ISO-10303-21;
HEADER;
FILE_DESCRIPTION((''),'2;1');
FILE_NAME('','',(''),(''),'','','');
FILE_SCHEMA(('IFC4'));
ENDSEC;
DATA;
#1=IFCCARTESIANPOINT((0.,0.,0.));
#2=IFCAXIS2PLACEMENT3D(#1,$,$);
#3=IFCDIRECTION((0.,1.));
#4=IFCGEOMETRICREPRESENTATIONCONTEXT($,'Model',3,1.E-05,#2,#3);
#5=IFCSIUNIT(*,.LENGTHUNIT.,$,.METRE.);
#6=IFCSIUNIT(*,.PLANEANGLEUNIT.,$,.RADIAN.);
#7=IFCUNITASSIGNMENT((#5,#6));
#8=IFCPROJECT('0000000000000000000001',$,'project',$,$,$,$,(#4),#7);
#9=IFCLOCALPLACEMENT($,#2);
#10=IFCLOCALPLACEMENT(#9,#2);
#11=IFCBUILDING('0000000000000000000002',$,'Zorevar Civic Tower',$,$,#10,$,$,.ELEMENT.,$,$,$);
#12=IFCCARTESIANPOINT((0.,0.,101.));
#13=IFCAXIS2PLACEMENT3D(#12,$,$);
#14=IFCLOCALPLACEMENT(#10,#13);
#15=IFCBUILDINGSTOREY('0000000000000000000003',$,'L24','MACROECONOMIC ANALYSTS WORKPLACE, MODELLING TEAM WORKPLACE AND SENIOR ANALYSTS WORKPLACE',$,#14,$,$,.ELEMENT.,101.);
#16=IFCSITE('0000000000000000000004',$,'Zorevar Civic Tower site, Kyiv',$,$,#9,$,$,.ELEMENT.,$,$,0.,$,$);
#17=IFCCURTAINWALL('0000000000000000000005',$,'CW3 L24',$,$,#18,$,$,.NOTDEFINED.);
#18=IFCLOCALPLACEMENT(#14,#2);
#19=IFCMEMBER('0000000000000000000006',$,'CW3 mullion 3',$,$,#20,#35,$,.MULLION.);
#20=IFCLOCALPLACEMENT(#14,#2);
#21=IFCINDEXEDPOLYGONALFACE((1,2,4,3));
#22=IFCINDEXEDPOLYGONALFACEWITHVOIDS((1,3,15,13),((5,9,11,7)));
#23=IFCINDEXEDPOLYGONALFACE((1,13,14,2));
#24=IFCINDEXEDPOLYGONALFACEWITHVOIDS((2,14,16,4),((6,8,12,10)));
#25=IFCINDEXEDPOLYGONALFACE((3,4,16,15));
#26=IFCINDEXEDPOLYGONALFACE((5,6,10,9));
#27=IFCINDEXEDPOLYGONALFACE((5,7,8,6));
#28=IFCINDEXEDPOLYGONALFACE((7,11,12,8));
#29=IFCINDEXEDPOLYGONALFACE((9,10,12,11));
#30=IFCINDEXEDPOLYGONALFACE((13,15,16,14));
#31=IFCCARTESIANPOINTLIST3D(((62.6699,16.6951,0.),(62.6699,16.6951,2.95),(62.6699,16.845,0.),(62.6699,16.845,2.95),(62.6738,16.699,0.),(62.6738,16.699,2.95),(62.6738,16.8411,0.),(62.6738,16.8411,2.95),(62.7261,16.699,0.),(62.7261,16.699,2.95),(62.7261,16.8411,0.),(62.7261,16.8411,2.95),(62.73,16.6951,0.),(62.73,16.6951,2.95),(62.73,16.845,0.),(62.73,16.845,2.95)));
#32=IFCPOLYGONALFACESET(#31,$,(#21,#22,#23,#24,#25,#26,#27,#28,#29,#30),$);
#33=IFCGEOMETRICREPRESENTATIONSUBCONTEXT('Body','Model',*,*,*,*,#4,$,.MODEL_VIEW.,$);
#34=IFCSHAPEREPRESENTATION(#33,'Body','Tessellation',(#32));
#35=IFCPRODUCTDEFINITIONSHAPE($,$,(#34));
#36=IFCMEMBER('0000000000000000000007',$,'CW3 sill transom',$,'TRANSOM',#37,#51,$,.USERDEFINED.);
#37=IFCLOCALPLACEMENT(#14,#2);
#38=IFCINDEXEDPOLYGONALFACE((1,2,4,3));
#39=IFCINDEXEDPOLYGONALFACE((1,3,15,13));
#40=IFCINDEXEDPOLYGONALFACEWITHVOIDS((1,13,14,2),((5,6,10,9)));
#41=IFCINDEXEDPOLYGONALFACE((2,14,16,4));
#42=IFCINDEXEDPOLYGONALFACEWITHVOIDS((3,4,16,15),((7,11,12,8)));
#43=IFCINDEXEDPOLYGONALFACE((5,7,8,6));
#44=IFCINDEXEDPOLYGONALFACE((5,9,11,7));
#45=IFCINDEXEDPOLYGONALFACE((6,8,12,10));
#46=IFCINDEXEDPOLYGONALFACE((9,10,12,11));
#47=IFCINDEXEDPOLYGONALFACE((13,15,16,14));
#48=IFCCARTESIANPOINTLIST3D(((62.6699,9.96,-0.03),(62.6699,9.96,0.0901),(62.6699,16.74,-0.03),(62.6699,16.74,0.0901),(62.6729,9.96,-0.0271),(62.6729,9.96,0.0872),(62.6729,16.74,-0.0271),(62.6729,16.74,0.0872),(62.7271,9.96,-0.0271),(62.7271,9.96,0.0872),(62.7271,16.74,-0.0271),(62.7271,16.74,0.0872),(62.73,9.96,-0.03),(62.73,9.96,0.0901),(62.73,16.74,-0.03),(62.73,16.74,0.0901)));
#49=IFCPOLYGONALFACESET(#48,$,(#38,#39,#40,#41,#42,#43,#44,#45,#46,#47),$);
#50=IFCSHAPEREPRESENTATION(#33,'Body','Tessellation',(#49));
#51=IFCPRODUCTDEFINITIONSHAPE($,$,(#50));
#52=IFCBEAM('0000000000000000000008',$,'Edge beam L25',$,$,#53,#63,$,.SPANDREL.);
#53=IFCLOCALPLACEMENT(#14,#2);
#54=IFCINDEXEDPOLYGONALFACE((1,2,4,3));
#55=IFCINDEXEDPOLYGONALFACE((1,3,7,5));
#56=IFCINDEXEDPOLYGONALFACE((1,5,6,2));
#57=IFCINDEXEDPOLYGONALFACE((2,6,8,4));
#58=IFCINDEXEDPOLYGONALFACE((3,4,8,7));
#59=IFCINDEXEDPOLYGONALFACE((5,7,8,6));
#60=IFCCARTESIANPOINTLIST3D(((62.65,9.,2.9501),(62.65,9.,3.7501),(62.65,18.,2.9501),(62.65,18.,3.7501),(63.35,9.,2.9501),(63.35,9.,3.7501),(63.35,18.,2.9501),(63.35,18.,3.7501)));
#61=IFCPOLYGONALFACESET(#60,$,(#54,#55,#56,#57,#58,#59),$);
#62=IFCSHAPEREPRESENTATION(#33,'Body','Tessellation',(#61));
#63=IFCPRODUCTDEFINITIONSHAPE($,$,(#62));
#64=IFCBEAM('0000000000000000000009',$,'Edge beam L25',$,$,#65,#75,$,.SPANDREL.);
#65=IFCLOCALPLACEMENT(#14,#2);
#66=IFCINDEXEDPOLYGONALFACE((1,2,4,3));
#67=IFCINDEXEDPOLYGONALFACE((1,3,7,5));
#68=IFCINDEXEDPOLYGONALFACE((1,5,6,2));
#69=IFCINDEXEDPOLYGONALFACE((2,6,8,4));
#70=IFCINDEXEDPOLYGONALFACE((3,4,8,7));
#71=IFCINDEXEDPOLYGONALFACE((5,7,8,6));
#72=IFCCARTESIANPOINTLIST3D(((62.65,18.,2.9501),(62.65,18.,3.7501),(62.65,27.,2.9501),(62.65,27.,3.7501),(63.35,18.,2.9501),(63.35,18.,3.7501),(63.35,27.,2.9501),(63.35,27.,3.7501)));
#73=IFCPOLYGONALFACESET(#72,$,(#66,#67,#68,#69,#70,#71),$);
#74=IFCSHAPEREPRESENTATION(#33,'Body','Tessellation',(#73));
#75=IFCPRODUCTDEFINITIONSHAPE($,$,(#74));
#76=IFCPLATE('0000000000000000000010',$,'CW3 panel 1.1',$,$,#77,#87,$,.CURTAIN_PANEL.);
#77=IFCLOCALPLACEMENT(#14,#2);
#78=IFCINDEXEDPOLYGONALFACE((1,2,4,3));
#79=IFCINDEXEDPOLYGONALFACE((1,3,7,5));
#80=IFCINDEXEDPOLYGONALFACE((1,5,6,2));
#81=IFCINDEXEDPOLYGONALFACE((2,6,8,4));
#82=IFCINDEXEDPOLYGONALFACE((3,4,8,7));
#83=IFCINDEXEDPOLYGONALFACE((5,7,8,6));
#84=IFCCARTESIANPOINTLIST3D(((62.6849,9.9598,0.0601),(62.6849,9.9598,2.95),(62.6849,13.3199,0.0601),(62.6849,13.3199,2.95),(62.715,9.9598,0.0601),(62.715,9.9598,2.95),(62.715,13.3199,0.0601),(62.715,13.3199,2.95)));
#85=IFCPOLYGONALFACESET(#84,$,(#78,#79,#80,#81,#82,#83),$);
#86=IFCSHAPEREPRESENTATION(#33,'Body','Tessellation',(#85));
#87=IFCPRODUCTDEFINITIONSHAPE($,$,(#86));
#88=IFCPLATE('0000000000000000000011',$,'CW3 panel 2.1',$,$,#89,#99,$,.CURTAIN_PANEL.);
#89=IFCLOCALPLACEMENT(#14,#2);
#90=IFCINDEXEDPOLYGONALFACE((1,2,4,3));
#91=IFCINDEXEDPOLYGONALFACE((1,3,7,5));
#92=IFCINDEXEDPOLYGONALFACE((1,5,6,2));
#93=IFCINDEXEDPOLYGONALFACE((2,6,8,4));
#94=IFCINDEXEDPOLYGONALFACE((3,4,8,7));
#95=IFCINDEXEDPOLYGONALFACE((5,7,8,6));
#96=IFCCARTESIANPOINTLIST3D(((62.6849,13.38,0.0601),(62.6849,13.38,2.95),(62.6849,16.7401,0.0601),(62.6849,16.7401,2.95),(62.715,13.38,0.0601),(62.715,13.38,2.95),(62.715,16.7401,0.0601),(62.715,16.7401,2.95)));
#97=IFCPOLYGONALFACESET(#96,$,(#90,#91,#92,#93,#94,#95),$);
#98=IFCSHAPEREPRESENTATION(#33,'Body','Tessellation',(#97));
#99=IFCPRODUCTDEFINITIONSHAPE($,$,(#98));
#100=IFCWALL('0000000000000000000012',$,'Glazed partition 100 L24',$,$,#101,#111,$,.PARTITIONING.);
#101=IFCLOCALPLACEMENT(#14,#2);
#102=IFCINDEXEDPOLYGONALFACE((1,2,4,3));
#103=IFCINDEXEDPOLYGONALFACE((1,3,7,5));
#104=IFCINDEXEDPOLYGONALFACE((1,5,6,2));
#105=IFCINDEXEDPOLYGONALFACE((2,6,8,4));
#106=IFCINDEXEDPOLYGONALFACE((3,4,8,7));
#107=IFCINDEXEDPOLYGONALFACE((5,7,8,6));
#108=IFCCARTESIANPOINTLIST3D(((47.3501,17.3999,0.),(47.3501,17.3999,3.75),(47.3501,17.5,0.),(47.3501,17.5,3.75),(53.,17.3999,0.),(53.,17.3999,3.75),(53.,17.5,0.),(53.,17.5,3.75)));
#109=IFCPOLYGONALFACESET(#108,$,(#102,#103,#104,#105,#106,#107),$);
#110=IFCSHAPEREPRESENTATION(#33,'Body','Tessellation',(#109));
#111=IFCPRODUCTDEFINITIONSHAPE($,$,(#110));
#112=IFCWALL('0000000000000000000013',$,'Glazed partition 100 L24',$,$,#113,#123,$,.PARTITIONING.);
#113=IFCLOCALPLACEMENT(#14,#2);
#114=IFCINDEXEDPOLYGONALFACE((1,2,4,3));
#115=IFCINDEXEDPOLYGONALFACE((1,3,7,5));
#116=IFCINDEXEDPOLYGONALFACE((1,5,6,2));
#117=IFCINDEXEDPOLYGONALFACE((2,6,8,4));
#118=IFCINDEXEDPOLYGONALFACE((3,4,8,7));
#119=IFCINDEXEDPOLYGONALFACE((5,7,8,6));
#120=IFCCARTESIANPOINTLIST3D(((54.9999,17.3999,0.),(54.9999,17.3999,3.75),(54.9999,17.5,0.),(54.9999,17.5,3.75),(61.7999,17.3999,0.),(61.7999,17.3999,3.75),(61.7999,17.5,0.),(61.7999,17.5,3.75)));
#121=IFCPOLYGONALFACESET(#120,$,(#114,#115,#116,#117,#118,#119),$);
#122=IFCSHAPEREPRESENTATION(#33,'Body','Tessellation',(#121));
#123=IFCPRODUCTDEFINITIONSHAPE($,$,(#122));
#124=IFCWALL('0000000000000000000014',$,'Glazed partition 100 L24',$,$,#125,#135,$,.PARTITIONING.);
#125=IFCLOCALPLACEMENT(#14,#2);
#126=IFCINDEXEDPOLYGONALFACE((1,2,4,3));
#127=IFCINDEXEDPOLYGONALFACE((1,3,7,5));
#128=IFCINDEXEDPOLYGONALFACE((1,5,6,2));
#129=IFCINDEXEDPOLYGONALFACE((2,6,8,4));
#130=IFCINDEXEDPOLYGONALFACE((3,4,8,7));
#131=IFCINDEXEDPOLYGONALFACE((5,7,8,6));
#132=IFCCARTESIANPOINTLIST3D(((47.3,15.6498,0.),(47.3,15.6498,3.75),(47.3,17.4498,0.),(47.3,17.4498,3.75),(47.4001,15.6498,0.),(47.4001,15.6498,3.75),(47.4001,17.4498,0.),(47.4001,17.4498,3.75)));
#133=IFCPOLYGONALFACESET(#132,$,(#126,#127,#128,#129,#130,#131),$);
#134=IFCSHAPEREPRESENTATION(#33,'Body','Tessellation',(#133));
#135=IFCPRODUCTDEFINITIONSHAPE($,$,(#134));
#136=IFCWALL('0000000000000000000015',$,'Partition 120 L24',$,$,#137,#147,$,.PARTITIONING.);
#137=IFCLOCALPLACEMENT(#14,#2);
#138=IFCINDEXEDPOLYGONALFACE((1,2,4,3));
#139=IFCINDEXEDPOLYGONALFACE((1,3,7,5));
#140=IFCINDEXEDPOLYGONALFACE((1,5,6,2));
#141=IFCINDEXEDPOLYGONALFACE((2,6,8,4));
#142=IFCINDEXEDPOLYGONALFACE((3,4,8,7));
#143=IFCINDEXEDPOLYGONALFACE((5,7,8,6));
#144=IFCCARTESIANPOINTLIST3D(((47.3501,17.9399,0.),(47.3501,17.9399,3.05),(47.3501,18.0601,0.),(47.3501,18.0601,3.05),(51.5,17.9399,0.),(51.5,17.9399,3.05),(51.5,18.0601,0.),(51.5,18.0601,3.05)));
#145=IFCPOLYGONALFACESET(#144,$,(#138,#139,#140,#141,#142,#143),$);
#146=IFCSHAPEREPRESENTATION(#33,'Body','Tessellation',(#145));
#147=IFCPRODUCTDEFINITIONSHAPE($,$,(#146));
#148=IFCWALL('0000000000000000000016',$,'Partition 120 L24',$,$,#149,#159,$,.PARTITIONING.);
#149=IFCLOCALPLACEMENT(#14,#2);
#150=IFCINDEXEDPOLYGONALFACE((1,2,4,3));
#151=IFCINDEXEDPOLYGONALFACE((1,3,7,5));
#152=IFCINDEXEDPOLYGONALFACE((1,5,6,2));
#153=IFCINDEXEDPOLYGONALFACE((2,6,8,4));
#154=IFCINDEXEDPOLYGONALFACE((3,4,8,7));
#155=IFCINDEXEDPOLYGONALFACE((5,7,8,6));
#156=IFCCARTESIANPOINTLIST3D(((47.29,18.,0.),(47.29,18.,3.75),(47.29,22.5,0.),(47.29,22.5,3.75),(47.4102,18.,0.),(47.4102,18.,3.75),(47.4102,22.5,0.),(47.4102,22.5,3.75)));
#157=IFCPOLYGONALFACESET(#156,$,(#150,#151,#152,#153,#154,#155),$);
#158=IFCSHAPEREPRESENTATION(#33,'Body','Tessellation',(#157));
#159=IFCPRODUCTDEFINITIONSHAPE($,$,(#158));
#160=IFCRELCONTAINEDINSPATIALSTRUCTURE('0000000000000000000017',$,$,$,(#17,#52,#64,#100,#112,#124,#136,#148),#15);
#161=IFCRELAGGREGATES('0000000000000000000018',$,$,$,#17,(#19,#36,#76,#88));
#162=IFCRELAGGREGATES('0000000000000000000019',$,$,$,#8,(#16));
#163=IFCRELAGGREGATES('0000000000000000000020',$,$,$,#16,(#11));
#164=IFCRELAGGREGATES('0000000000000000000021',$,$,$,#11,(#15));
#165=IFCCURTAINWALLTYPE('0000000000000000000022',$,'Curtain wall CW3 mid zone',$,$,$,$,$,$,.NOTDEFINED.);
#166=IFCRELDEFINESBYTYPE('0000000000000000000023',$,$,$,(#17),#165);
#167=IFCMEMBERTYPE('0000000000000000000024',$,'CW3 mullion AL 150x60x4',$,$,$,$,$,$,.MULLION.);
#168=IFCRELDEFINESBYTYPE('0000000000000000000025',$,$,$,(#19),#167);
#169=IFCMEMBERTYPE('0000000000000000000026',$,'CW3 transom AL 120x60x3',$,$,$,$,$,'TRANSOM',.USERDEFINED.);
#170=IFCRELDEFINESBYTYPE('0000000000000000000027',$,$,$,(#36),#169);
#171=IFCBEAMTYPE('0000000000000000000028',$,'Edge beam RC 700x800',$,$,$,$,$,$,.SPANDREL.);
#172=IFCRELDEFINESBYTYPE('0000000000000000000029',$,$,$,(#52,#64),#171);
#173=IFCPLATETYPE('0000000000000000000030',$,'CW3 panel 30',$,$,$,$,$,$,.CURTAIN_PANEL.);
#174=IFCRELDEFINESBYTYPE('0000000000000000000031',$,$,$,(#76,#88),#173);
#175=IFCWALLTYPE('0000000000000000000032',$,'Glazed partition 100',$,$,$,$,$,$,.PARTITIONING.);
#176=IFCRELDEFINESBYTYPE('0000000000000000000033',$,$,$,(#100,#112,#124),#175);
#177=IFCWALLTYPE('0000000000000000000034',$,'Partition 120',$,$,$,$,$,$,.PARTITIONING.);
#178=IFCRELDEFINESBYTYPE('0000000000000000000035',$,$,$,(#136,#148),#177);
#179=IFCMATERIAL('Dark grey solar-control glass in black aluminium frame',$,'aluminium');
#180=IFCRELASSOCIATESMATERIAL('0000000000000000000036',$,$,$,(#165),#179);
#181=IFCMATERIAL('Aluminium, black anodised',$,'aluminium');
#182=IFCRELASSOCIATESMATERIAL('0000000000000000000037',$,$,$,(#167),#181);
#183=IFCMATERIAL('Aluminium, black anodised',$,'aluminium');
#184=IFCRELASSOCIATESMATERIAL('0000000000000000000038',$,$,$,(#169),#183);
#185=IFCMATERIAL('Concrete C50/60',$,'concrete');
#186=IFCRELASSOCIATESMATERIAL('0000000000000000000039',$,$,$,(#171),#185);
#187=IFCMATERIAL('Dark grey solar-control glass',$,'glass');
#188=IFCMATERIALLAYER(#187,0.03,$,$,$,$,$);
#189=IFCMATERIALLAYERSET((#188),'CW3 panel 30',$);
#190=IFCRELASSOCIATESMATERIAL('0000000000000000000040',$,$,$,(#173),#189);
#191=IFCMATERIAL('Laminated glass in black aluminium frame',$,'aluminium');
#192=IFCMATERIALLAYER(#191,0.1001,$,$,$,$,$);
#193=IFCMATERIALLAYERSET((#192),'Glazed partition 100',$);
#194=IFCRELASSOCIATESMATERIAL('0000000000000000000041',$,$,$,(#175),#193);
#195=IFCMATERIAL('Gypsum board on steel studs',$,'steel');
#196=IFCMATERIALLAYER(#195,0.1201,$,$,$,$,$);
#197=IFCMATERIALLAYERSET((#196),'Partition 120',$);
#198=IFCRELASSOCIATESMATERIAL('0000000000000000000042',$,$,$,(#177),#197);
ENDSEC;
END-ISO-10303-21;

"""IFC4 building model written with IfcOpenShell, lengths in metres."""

from ifc_helpers import new_model, si_unit, direction, frame, frame_2d, origin, origin_2d, place, context, subcontext, project, spatial, rectangle, hollow_rectangle, extrude, material, layer, layer_set, material_profile, profile_set, type_object, element, aggregate, save


model = new_model("IFC4")

# Units and contexts
model_context = context("Model", 3, precision=1e-05, world=origin(), true_north=direction((0.0, 1.0)))
body_context = subcontext(model_context, "Body", "Model", "MODEL_VIEW")
ifc_project = project(units=[si_unit("LENGTHUNIT", "METRE"), si_unit("PLANEANGLEUNIT", "RADIAN")], contexts=[model_context])

# Site, building, storey
site_placement = place(None, origin())
site = spatial("IfcSite", under=ifc_project, at=site_placement, Name="Zorevar Civic Tower site, Kyiv", CompositionType="ELEMENT", RefElevation=0.0)
building_placement = place(site_placement, origin())
building = spatial("IfcBuilding", under=site, at=building_placement, Name="Zorevar Civic Tower", CompositionType="ELEMENT")
storey_placement = place(building_placement, frame((0.0, 0.0, 101.0)))
storey = spatial("IfcBuildingStorey", under=building, at=storey_placement, Name="L24", Description="MACROECONOMIC ANALYSTS WORKPLACE, MODELLING TEAM WORKPLACE AND SENIOR ANALYSTS WORKPLACE", CompositionType="ELEMENT", Elevation=101.0)

# Curtain wall, members
ifc_material_1 = material(Name="Dark grey solar-control glass in black aluminium frame", Category="aluminium")
curtain_wall_type = type_object("IfcCurtainWallType", Name="Curtain wall CW3 mid zone", PredefinedType="NOTDEFINED", material=ifc_material_1)
curtain_wall_placement = place(storey_placement, origin())
curtain_wall = element("IfcCurtainWall", 1, at=curtain_wall_placement, inside=storey, type_object=curtain_wall_type, Name="CW3 L24", PredefinedType="NOTDEFINED")
ifc_material_2 = material(Name="Aluminium, black anodised", Category="aluminium")
ifc_material_profile_1 = material_profile(ifc_material_2, hollow_rectangle(XDim=0.0601, YDim=0.1499, WallThickness=0.0039, at=origin_2d()), Name="AL 150x60x4")
ifc_profile_set_1 = profile_set([ifc_material_profile_1], Name="Aluminium, black anodised")
member_type_1 = type_object("IfcMemberType", Name="CW3 mullion AL 150x60x4", PredefinedType="MULLION", material=ifc_profile_set_1)
member_1_placement = place(storey_placement, frame((62.7, 16.77, 0.0), z_axis=(0.0, 0.0, 1.0), x_axis=(-1.0, 0.0, 0.0)))
member_1 = element("IfcMember", 2, at=member_1_placement, type_object=member_type_1, Name="CW3 mullion 3", PredefinedType="MULLION", context=body_context, shape_type="SweptSolid", body=[
    extrude(hollow_rectangle(XDim=0.0601, YDim=0.1499, WallThickness=0.0039, at=origin_2d()), origin(), (0.0, 0.0, 1.0), 2.95),
])
ifc_material_3 = material(Name="Aluminium, black anodised", Category="aluminium")
ifc_material_profile_2 = material_profile(ifc_material_3, hollow_rectangle(XDim=0.0601, YDim=0.1201, WallThickness=0.0029, at=origin_2d()), Name="AL 120x60x3")
ifc_profile_set_2 = profile_set([ifc_material_profile_2], Name="Aluminium, black anodised")
member_type_2 = type_object("IfcMemberType", Name="CW3 transom AL 120x60x3", ElementType="TRANSOM", PredefinedType="USERDEFINED", material=ifc_profile_set_2)
member_2_placement = place(storey_placement, frame((62.7, 9.96, 0.03), z_axis=(0.0, 1.0, 0.0), x_axis=(-1.0, 0.0, 0.0)))
member_2 = element("IfcMember", 3, at=member_2_placement, type_object=member_type_2, Name="CW3 sill transom", ObjectType="TRANSOM", PredefinedType="USERDEFINED", context=body_context, shape_type="SweptSolid", body=[
    extrude(hollow_rectangle(XDim=0.0601, YDim=0.1201, WallThickness=0.0029, at=origin_2d()), origin(), (0.0, 0.0, 1.0), 6.78),
])

# Beams
ifc_material_4 = material(Name="Concrete C50/60", Category="concrete")
ifc_material_profile_3 = material_profile(ifc_material_4, rectangle(XDim=0.7, YDim=0.8, at=origin_2d()), Name="RC 700x800")
ifc_profile_set_3 = profile_set([ifc_material_profile_3], Name="Concrete C50/60")
beam_type_1 = type_object("IfcBeamType", Name="Edge beam RC 700x800", PredefinedType="SPANDREL", material=ifc_profile_set_3)
for number, where, z_axis, x_axis, name in (
    (4, (63.0, 9.0, 3.3501), (0.0, 1.0, 0.0), (-1.0, 0.0, 0.0), "Edge beam L25"),
    (5, (63.0, 18.0, 3.3501), (0.0, 1.0, 0.0), (-1.0, 0.0, 0.0), "Edge beam L25"),
):
    element("IfcBeam", number, at=place(storey_placement, frame(where, z_axis=z_axis, x_axis=x_axis)), inside=storey, type_object=beam_type_1, Name=name, PredefinedType="SPANDREL", context=body_context, shape_type="SweptSolid", body=[
        extrude(rectangle(XDim=0.7, YDim=0.8, at=origin_2d()), origin(), (0.0, 0.0, 1.0), 9.0),
    ])

# Plates
ifc_material_5 = material(Name="Dark grey solar-control glass", Category="glass")
ifc_layer_1 = layer(ifc_material_5, 0.03)
ifc_layer_set_1 = layer_set([ifc_layer_1], Name="CW3 panel 30")
plate_type = type_object("IfcPlateType", Name="CW3 panel 30", PredefinedType="CURTAIN_PANEL", material=ifc_layer_set_1)
plate_1_placement = place(storey_placement, frame((62.7, 11.6399, 0.0601), z_axis=(0.0, 0.0, 1.0), x_axis=(0.0, 1.0, 0.0)))
plate_1 = element("IfcPlate", 6, at=plate_1_placement, type_object=plate_type, Name="CW3 panel 1.1", PredefinedType="CURTAIN_PANEL", context=body_context, shape_type="SweptSolid", body=[
    extrude(rectangle(XDim=3.3601, YDim=0.03, at=origin_2d()), origin(), (0.0, 0.0, 1.0), 2.8899),
])
plate_2_placement = place(storey_placement, frame((62.7, 15.0601, 0.0601), z_axis=(0.0, 0.0, 1.0), x_axis=(0.0, 1.0, 0.0)))
plate_2 = element("IfcPlate", 7, at=plate_2_placement, type_object=plate_type, Name="CW3 panel 2.1", PredefinedType="CURTAIN_PANEL", context=body_context, shape_type="SweptSolid", body=[
    extrude(rectangle(XDim=3.3601, YDim=0.03, at=origin_2d()), origin(), (0.0, 0.0, 1.0), 2.8899),
])
aggregate(curtain_wall, [member_1, member_2, plate_1, plate_2])

# Walls
ifc_material_6 = material(Name="Laminated glass in black aluminium frame", Category="aluminium")
ifc_layer_2 = layer(ifc_material_6, 0.1001)
ifc_layer_set_2 = layer_set([ifc_layer_2], Name="Glazed partition 100")
wall_type_1 = type_object("IfcWallType", Name="Glazed partition 100", PredefinedType="PARTITIONING", material=ifc_layer_set_2)
wall_1_placement = place(storey_placement, frame((47.3501, 17.45, 0.0), z_axis=(0.0, 0.0, 1.0), x_axis=(1.0, 0.0, 0.0)))
element("IfcWall", 8, at=wall_1_placement, inside=storey, type_object=wall_type_1, Name="Glazed partition 100 L24", PredefinedType="PARTITIONING", context=body_context, shape_type="SweptSolid", body=[
    extrude(rectangle(XDim=5.6499, YDim=0.1001, at=frame_2d((2.825, 0.0))), origin(), (0.0, 0.0, 1.0), 3.75),
])
wall_2_placement = place(storey_placement, frame((55.0, 17.45, 0.0), z_axis=(0.0, 0.0, 1.0), x_axis=(1.0, 0.0, 0.0)))
element("IfcWall", 9, at=wall_2_placement, inside=storey, type_object=wall_type_1, Name="Glazed partition 100 L24", PredefinedType="PARTITIONING", context=body_context, shape_type="SweptSolid", body=[
    extrude(rectangle(XDim=6.8, YDim=0.1001, at=frame_2d((3.3999, 0.0))), origin(), (0.0, 0.0, 1.0), 3.75),
])
wall_3_placement = place(storey_placement, frame((47.3501, 15.6499, 0.0), z_axis=(0.0, 0.0, 1.0), x_axis=(0.0, 1.0, 0.0)))
element("IfcWall", 10, at=wall_3_placement, inside=storey, type_object=wall_type_1, Name="Glazed partition 100 L24", PredefinedType="PARTITIONING", context=body_context, shape_type="SweptSolid", body=[
    extrude(rectangle(XDim=1.8, YDim=0.1001, at=frame_2d((0.8999, 0.0))), origin(), (0.0, 0.0, 1.0), 3.75),
])
ifc_material_7 = material(Name="Gypsum board on steel studs", Category="steel")
ifc_layer_3 = layer(ifc_material_7, 0.1201)
ifc_layer_set_3 = layer_set([ifc_layer_3], Name="Partition 120")
wall_type_2 = type_object("IfcWallType", Name="Partition 120", PredefinedType="PARTITIONING", material=ifc_layer_set_3)
wall_4_placement = place(storey_placement, frame((47.3501, 18.0, 0.0), z_axis=(0.0, 0.0, 1.0), x_axis=(1.0, 0.0, 0.0)))
element("IfcWall", 11, at=wall_4_placement, inside=storey, type_object=wall_type_2, Name="Partition 120 L24", PredefinedType="PARTITIONING", context=body_context, shape_type="SweptSolid", body=[
    extrude(rectangle(XDim=4.1499, YDim=0.1201, at=frame_2d((2.075, 0.0))), origin(), (0.0, 0.0, 1.0), 3.05),
])
wall_5_placement = place(storey_placement, frame((47.3501, 18.0, 0.0), z_axis=(0.0, 0.0, 1.0), x_axis=(0.0, 1.0, 0.0)))
element("IfcWall", 12, at=wall_5_placement, inside=storey, type_object=wall_type_2, Name="Partition 120 L24", PredefinedType="PARTITIONING", context=body_context, shape_type="SweptSolid", body=[
    extrude(rectangle(XDim=4.5, YDim=0.1201, at=frame_2d((2.25, 0.0))), origin(), (0.0, 0.0, 1.0), 3.75),
])

save(model, "model.ifc")
